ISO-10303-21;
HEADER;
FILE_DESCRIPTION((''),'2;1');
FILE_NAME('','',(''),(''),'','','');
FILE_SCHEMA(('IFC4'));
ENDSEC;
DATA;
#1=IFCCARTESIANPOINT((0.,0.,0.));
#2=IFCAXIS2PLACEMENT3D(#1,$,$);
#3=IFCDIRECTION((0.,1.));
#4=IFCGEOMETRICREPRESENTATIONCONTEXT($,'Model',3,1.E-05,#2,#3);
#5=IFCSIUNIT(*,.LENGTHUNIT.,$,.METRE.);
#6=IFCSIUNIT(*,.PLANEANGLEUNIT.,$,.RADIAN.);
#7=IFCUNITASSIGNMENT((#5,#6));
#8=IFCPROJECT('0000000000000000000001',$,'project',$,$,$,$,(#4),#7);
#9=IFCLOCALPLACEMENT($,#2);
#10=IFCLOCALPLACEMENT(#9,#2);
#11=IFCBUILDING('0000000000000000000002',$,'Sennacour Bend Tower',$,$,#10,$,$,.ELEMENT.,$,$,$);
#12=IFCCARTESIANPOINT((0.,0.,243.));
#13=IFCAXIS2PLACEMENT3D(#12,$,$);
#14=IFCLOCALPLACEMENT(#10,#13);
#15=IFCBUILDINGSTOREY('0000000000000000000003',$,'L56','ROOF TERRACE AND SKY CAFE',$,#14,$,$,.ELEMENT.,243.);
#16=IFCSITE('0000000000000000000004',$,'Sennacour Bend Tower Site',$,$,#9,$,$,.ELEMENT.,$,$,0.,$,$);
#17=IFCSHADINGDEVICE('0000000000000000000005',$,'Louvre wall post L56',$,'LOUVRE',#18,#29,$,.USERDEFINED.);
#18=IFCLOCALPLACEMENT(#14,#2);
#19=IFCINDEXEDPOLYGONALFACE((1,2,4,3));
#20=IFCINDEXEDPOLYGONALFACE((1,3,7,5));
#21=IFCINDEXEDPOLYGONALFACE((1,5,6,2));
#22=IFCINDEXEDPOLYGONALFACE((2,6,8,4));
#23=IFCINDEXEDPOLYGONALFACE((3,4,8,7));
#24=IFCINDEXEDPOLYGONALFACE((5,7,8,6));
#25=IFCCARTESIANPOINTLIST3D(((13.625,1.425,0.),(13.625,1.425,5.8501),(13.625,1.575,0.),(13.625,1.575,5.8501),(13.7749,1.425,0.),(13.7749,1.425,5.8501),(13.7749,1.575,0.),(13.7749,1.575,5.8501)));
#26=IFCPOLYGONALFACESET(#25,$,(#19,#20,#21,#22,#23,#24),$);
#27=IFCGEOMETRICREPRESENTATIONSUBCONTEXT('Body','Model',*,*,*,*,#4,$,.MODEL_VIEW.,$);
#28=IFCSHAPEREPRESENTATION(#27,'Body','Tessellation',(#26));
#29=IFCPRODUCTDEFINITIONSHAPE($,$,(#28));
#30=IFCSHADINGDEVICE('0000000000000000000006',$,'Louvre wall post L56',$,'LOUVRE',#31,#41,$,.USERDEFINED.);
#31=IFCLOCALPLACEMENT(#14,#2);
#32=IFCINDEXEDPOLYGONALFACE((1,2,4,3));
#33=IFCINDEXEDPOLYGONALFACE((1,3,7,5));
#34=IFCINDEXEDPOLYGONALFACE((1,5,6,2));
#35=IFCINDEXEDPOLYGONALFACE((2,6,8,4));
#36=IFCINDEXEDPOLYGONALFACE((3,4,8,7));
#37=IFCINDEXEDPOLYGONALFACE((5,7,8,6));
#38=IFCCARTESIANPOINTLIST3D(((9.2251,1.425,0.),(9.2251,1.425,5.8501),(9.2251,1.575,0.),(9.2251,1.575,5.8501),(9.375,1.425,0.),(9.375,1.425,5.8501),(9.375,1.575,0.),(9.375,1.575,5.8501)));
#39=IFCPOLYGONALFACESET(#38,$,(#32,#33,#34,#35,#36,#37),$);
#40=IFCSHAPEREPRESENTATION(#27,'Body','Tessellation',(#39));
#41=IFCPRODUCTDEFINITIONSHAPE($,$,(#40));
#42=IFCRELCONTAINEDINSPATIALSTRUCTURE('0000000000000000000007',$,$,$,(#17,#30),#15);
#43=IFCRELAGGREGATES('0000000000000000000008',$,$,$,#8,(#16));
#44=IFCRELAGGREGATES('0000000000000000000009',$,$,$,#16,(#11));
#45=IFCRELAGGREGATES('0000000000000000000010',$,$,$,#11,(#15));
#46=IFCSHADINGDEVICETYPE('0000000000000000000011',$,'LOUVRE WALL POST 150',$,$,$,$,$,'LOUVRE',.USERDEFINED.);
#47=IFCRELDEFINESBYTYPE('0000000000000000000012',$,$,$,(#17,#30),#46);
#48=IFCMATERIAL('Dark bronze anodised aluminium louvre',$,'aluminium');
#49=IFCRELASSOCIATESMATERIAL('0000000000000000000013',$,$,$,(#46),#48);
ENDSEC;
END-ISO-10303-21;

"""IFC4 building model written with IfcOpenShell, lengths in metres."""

from ifc_helpers import new_model, si_unit, direction, frame, origin, origin_2d, place, context, subcontext, project, spatial, rectangle, extrude, material, type_object, element, save


model = new_model("IFC4")

# Units and contexts
model_context = context("Model", 3, precision=1e-05, world=origin(), true_north=direction((0.0, 1.0)))
body_context = subcontext(model_context, "Body", "Model", "MODEL_VIEW")
ifc_project = project(units=[si_unit("LENGTHUNIT", "METRE"), si_unit("PLANEANGLEUNIT", "RADIAN")], contexts=[model_context])

# Site, building, storey
site_placement = place(None, origin())
site = spatial("IfcSite", under=ifc_project, at=site_placement, Name="Sennacour Bend Tower Site", CompositionType="ELEMENT", RefElevation=0.0)
building_placement = place(site_placement, origin())
building = spatial("IfcBuilding", under=site, at=building_placement, Name="Sennacour Bend Tower", CompositionType="ELEMENT")
storey_placement = place(building_placement, frame((0.0, 0.0, 243.0)))
storey = spatial("IfcBuildingStorey", under=building, at=storey_placement, Name="L56", Description="ROOF TERRACE AND SKY CAFE", CompositionType="ELEMENT", Elevation=243.0)

# Shading devices
ifc_material_1 = material(Name="Dark bronze anodised aluminium louvre", Category="aluminium")
shading_device_type_1 = type_object("IfcShadingDeviceType", Name="LOUVRE WALL POST 150", ElementType="LOUVRE", PredefinedType="USERDEFINED", material=ifc_material_1)
for number, where, z_axis, x_axis, name in (
    (1, (13.7, 1.5, 0.0), (0.0, 0.0, 1.0), (1.0, 0.0, 0.0), "Louvre wall post L56"),
    (2, (9.3, 1.5, 0.0), (0.0, 0.0, 1.0), (1.0, 0.0, 0.0), "Louvre wall post L56"),
):
    element("IfcShadingDevice", number, at=place(storey_placement, frame(where, z_axis=z_axis, x_axis=x_axis)), inside=storey, type_object=shading_device_type_1, Name=name, ObjectType="LOUVRE", PredefinedType="USERDEFINED", context=body_context, shape_type="SweptSolid", body=[
        extrude(rectangle(XDim=0.1499, YDim=0.1499, at=origin_2d()), origin(), (0.0, 0.0, 1.0), 5.8501),
    ])

save(model, "model.ifc")
